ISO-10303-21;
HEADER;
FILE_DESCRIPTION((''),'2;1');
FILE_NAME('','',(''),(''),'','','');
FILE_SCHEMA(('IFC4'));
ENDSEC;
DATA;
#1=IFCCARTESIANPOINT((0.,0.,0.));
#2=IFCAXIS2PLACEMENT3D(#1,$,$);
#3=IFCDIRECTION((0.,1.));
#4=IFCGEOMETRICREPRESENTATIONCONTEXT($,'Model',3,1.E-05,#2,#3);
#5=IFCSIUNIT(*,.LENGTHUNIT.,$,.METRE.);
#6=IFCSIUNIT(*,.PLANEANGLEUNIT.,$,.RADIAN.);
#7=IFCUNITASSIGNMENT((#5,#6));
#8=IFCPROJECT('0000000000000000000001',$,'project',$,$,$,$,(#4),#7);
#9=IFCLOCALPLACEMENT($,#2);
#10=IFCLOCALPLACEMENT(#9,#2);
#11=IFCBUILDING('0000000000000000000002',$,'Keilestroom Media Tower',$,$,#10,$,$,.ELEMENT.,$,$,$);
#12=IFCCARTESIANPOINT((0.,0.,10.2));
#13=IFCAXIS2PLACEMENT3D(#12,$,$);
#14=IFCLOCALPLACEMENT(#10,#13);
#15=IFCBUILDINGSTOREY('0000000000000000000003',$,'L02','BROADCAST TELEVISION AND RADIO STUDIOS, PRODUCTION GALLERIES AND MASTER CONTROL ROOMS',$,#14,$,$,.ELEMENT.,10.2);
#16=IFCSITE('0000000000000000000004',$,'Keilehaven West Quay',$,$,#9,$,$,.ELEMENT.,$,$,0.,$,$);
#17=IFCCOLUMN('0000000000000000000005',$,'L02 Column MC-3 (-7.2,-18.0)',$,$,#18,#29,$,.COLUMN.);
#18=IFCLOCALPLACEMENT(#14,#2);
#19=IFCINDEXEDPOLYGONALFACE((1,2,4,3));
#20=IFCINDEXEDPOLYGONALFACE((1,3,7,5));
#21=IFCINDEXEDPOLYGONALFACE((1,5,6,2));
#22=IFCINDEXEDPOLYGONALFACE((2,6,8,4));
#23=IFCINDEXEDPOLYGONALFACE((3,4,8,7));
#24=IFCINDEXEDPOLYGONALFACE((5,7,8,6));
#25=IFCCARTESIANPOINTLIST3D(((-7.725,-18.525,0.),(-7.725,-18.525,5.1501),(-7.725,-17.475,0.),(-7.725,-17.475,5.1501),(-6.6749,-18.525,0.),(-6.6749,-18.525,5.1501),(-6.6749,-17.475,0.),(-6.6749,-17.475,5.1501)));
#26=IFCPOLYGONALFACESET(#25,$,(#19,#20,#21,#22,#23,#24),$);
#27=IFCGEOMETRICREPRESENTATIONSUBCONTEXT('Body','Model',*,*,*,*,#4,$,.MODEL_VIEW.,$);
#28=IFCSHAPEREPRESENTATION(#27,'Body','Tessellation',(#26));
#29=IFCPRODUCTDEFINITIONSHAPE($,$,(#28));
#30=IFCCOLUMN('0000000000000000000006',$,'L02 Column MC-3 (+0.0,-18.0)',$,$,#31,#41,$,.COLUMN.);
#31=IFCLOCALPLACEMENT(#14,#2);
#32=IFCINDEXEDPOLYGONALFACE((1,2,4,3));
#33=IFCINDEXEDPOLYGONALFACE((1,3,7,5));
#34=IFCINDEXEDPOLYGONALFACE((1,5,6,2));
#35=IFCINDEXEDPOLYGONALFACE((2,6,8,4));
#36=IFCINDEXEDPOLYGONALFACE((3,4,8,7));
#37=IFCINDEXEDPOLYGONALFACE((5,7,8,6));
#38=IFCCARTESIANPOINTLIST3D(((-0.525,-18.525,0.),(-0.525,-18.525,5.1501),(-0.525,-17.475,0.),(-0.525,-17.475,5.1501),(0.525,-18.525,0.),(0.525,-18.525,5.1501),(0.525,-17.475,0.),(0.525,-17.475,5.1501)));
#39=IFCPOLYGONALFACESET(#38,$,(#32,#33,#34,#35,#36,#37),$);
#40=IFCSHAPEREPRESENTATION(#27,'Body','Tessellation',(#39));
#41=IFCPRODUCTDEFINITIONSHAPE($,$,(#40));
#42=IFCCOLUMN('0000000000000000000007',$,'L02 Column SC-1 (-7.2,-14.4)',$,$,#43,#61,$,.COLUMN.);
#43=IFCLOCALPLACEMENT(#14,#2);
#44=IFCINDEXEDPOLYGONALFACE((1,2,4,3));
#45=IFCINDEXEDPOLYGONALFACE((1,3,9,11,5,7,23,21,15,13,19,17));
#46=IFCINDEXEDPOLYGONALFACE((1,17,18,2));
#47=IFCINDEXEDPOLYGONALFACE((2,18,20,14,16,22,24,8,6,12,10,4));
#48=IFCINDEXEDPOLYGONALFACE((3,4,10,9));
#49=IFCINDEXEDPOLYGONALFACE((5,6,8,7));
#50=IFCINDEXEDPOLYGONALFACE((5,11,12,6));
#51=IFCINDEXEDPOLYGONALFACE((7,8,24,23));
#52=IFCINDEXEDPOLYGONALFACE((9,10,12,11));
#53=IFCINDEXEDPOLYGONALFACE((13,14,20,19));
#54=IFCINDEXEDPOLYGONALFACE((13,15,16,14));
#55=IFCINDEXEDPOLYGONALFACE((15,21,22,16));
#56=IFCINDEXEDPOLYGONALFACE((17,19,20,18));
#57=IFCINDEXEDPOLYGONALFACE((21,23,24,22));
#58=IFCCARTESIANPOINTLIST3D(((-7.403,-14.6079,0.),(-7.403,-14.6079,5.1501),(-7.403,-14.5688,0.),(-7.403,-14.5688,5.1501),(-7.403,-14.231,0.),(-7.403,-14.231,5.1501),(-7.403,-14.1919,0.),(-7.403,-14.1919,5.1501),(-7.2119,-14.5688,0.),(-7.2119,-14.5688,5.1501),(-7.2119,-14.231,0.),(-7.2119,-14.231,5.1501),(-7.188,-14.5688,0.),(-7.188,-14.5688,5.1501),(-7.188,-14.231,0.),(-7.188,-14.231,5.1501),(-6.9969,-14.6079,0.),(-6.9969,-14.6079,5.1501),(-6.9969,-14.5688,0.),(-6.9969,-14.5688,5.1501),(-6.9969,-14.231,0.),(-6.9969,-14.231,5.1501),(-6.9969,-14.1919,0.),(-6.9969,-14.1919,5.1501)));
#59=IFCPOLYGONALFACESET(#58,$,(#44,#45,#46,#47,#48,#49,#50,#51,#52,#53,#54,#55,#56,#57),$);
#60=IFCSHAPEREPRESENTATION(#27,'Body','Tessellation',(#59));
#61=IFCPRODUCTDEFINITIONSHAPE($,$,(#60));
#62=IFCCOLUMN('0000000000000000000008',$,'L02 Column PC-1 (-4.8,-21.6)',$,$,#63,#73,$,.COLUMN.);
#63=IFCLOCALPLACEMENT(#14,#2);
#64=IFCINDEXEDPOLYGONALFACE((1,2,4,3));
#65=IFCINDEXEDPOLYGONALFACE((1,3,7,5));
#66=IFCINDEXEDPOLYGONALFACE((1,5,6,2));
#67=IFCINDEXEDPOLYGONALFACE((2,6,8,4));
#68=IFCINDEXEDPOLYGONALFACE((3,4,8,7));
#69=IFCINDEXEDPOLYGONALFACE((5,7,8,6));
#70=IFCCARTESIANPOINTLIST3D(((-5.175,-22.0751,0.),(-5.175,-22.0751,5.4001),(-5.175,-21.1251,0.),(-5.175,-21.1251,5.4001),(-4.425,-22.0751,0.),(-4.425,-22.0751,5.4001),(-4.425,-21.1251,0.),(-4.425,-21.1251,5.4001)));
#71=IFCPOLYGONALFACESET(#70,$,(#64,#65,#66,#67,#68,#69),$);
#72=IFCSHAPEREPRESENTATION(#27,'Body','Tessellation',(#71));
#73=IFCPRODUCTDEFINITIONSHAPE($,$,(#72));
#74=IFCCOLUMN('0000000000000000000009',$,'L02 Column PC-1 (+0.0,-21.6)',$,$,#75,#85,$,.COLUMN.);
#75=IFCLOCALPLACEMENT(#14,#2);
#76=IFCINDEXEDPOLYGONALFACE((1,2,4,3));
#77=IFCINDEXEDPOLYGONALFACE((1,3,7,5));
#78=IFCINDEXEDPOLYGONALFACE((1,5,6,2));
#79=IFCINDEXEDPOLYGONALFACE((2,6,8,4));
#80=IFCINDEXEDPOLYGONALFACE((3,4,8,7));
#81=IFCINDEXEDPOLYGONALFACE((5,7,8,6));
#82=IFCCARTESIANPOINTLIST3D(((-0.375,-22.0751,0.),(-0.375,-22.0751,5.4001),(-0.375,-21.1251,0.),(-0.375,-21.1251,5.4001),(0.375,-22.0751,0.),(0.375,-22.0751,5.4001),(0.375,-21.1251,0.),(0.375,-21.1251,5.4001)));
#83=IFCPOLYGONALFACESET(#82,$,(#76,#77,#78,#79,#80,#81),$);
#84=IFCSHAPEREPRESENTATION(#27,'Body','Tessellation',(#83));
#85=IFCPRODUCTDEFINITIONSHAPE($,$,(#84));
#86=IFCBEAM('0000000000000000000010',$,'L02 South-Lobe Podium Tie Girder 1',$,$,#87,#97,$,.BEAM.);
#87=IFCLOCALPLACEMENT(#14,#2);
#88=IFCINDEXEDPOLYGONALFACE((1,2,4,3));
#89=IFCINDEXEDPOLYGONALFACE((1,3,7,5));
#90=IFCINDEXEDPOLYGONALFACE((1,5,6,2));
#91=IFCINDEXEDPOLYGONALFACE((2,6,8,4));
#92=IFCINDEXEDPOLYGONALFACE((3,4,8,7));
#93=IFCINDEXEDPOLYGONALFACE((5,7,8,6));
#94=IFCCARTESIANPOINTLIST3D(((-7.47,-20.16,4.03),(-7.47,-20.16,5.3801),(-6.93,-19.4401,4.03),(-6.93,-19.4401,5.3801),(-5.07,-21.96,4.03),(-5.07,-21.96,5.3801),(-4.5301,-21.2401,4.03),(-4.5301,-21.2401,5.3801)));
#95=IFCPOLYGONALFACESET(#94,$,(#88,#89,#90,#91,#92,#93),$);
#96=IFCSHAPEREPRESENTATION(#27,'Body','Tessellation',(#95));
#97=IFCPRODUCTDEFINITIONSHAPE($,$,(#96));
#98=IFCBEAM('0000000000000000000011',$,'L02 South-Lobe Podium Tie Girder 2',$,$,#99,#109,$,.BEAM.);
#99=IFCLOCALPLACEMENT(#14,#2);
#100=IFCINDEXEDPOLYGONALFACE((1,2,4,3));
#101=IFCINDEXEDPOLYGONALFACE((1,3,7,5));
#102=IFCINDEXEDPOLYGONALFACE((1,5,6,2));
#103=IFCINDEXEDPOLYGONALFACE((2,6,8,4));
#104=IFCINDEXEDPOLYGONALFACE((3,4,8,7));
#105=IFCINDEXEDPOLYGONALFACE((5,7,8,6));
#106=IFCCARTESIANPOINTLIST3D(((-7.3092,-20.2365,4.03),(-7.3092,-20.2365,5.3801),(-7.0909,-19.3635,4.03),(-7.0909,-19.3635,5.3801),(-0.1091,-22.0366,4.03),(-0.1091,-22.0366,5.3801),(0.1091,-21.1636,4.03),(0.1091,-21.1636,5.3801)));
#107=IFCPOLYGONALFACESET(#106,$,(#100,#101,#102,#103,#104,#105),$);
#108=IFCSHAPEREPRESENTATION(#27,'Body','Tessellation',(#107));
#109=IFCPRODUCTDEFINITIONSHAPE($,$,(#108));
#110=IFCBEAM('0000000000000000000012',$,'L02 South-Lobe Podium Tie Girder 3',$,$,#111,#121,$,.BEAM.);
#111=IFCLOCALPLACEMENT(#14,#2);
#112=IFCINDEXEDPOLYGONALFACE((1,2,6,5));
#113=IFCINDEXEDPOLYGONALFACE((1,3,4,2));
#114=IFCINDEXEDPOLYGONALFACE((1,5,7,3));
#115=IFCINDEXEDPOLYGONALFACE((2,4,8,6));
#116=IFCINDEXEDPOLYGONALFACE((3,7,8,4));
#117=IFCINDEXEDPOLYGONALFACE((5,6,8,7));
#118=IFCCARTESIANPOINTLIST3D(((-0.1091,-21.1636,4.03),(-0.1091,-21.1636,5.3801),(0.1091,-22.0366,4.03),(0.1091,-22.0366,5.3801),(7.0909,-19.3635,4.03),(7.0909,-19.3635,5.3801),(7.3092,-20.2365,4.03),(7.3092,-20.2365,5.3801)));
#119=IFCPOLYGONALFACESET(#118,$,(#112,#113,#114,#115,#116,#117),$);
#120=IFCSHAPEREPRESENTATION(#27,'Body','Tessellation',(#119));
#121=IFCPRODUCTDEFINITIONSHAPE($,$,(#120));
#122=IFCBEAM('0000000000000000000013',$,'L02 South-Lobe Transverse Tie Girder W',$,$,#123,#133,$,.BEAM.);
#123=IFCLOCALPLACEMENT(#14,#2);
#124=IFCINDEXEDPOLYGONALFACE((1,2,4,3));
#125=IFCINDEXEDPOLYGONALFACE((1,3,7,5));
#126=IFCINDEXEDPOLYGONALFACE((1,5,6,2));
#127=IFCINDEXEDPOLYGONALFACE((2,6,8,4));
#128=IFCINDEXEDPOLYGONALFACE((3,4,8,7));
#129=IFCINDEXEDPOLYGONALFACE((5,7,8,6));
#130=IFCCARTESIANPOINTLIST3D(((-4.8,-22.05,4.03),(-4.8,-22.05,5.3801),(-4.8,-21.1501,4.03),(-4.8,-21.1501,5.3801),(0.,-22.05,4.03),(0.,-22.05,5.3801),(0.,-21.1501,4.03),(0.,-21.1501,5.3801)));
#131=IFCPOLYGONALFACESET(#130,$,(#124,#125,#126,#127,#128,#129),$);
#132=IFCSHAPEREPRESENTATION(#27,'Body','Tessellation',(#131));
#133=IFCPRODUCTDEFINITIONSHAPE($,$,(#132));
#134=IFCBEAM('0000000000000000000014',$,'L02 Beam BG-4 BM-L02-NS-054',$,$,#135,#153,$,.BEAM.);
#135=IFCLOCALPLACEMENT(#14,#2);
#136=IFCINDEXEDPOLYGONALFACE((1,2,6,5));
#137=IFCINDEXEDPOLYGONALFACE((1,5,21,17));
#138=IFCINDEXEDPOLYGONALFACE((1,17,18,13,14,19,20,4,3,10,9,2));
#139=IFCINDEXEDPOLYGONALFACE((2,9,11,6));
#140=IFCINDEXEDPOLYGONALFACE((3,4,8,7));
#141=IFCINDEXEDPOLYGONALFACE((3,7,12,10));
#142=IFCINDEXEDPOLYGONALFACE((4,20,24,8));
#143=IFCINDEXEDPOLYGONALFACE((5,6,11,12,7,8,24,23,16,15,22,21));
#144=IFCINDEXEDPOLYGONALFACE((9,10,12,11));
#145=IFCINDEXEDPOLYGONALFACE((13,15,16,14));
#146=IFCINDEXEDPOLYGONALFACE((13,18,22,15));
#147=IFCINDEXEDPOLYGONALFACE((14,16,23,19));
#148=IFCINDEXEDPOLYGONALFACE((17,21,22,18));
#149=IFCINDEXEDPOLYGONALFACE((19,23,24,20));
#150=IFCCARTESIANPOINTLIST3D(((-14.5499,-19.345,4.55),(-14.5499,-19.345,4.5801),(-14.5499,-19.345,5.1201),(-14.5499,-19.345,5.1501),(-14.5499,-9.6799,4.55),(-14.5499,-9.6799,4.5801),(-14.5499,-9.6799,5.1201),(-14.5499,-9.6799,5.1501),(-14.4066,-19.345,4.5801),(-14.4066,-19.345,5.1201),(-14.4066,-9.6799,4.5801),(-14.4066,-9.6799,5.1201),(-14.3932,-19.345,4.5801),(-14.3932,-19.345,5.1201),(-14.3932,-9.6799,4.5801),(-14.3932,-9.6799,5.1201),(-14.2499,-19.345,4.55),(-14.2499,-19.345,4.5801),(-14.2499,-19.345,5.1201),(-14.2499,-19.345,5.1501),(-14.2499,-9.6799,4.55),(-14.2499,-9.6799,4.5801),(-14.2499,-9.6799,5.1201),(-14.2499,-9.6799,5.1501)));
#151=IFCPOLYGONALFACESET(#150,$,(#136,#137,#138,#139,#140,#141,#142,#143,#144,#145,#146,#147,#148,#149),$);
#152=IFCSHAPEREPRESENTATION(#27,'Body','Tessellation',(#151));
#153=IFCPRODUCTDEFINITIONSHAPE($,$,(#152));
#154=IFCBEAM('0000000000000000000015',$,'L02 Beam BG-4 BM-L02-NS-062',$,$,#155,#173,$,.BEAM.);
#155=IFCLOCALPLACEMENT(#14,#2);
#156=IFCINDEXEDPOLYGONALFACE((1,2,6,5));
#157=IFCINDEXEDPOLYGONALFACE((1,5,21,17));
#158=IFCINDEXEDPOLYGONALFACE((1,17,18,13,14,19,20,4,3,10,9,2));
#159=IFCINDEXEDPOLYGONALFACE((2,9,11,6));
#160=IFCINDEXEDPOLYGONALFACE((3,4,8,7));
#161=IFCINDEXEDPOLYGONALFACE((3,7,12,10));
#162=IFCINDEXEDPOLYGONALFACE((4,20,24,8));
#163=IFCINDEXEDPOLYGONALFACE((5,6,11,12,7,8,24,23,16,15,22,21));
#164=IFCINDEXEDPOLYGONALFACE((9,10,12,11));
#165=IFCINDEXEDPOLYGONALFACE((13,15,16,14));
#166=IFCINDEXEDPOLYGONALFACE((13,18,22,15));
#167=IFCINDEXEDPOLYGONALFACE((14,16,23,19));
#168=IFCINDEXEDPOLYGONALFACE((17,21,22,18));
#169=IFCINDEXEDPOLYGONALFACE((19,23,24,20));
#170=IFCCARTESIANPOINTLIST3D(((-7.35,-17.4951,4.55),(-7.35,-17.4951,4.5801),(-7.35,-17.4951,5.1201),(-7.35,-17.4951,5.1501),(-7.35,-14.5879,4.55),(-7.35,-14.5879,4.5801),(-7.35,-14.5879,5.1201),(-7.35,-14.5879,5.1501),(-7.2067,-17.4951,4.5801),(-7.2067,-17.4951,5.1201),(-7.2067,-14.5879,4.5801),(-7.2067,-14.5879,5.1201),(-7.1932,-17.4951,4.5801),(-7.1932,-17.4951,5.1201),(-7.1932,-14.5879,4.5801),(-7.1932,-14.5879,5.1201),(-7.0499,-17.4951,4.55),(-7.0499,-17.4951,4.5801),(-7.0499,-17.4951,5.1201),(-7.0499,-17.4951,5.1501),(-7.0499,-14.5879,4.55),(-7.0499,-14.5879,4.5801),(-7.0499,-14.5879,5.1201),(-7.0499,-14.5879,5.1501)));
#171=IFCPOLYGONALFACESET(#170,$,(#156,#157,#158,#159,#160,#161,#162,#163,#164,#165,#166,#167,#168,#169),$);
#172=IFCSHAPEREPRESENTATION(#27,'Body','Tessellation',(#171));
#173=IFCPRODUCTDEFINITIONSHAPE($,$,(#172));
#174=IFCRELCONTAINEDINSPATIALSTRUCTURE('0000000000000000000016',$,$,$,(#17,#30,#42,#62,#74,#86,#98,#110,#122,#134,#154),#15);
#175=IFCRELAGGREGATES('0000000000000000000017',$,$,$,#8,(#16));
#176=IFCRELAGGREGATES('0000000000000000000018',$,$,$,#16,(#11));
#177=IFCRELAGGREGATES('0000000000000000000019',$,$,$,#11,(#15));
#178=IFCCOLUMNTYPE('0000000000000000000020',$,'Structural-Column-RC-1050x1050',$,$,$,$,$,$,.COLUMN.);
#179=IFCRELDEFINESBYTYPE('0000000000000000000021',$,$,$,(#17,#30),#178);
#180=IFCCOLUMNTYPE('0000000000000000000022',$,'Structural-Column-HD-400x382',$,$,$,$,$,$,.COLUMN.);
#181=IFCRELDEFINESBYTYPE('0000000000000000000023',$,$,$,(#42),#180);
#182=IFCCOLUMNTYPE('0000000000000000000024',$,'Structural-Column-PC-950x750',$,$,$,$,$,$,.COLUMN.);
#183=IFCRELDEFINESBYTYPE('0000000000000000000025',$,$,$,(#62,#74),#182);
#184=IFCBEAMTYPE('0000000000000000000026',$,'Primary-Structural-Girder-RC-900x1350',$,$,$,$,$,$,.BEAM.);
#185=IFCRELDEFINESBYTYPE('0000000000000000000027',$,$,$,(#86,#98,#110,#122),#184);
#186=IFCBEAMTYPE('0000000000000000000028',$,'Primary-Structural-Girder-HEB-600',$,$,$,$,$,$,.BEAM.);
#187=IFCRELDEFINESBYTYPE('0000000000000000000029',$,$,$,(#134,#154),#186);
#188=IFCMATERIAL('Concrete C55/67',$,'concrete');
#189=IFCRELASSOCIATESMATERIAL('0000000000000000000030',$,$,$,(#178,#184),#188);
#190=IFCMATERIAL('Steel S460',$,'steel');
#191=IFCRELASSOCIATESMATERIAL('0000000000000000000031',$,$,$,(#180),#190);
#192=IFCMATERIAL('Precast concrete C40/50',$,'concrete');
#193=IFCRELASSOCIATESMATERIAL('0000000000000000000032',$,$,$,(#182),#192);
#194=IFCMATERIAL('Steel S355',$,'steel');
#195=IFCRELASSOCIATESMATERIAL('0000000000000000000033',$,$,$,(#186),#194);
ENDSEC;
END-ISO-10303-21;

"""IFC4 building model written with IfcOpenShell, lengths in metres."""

from ifc_helpers import new_model, si_unit, direction, frame, origin, origin_2d, place, context, subcontext, project, spatial, rectangle, i_section, extrude, source, transform, mapped, material, material_profile, profile_set, type_object, element, save


model = new_model("IFC4")

# Units and contexts
model_context = context("Model", 3, precision=1e-05, world=origin(), true_north=direction((0.0, 1.0)))
body_context = subcontext(model_context, "Body", "Model", "MODEL_VIEW")
ifc_project = project(units=[si_unit("LENGTHUNIT", "METRE"), si_unit("PLANEANGLEUNIT", "RADIAN")], contexts=[model_context])

# Site, building, storey
site_placement = place(None, origin())
site = spatial("IfcSite", under=ifc_project, at=site_placement, Name="Keilehaven West Quay", CompositionType="ELEMENT", RefElevation=0.0)
building_placement = place(site_placement, origin())
building = spatial("IfcBuilding", under=site, at=building_placement, Name="Keilestroom Media Tower", CompositionType="ELEMENT")
storey_placement = place(building_placement, frame((0.0, 0.0, 10.2)))
storey = spatial("IfcBuildingStorey", under=building, at=storey_placement, Name="L02", Description="BROADCAST TELEVISION AND RADIO STUDIOS, PRODUCTION GALLERIES AND MASTER CONTROL ROOMS", CompositionType="ELEMENT", Elevation=10.2)

# Columns
ifc_material_1 = material(Name="Concrete C55/67", Category="concrete")
ifc_material_profile_1 = material_profile(ifc_material_1, rectangle(XDim=1.05, YDim=1.05, at=origin_2d()), Name="RC 1050x1050")
ifc_profile_set_1 = profile_set([ifc_material_profile_1], Name="Concrete C55/67")
column_type_1 = type_object("IfcColumnType", Name="Structural-Column-RC-1050x1050", PredefinedType="COLUMN", material=ifc_profile_set_1)
shared_shape_1 = source(origin(), body_context, "Body", "SweptSolid", [
    extrude(rectangle(XDim=1.05, YDim=1.05, at=origin_2d()), origin(), (0.0, 0.0, 1.0), 5.1501),
])
for number, where, z_axis, x_axis, name in (
    (1, (-7.2, -18.0, 0.0), (0.0, 0.0, 1.0), (1.0, 0.0, 0.0), "L02 Column MC-3 (-7.2,-18.0)"),
    (2, (0.0, -18.0, 0.0), (0.0, 0.0, 1.0), (1.0, 0.0, 0.0), "L02 Column MC-3 (+0.0,-18.0)"),
):
    element("IfcColumn", number, at=place(storey_placement, frame(where, z_axis=z_axis, x_axis=x_axis)), inside=storey, type_object=column_type_1, Name=name, PredefinedType="COLUMN", context=body_context, shape_type="MappedRepresentation", body=[
        mapped(shared_shape_1, transform((0.0, 0.0, 0.0), x_axis=(1.0, 0.0, 0.0), y_axis=(0.0, 1.0, 0.0), z_axis=(0.0, 0.0, 1.0), scale=1.0)),
    ])
ifc_material_2 = material(Name="Steel S460", Category="steel")
ifc_material_profile_2 = material_profile(ifc_material_2, i_section(OverallWidth=0.406, OverallDepth=0.416, WebThickness=0.0239, FlangeThickness=0.0391, at=origin_2d()), Name="HD 400x382")
ifc_profile_set_2 = profile_set([ifc_material_profile_2], Name="Steel S460")
column_type_2 = type_object("IfcColumnType", Name="Structural-Column-HD-400x382", PredefinedType="COLUMN", material=ifc_profile_set_2)
shared_shape_2 = source(origin(), body_context, "Body", "SweptSolid", [
    extrude(i_section(OverallWidth=0.406, OverallDepth=0.416, WebThickness=0.0239, FlangeThickness=0.0391, at=origin_2d()), origin(), (0.0, 0.0, 1.0), 5.1501),
])
column_placement = place(storey_placement, frame((-7.2, -14.3999, 0.0), z_axis=(0.0, 0.0, 1.0), x_axis=(1.0, 0.0, 0.0)))
element("IfcColumn", 3, at=column_placement, inside=storey, type_object=column_type_2, Name="L02 Column SC-1 (-7.2,-14.4)", PredefinedType="COLUMN", context=body_context, shape_type="MappedRepresentation", body=[
    mapped(shared_shape_2, transform((0.0, 0.0, 0.0), x_axis=(1.0, 0.0, 0.0), y_axis=(0.0, 1.0, 0.0), z_axis=(0.0, 0.0, 1.0), scale=1.0)),
])
ifc_material_3 = material(Name="Precast concrete C40/50", Category="concrete")
ifc_material_profile_3 = material_profile(ifc_material_3, rectangle(XDim=0.75, YDim=0.95, at=origin_2d()), Name="PC 950x750")
ifc_profile_set_3 = profile_set([ifc_material_profile_3], Name="Precast concrete C40/50")
column_type_3 = type_object("IfcColumnType", Name="Structural-Column-PC-950x750", PredefinedType="COLUMN", material=ifc_profile_set_3)
shared_shape_3 = source(origin(), body_context, "Body", "SweptSolid", [
    extrude(rectangle(XDim=0.75, YDim=0.95, at=origin_2d()), origin(), (0.0, 0.0, 1.0), 5.4001),
])
for number, where, z_axis, x_axis, name in (
    (4, (-4.8, -21.6001, 0.0), (0.0, 0.0, 1.0), (1.0, 0.0, 0.0), "L02 Column PC-1 (-4.8,-21.6)"),
    (5, (0.0, -21.6001, 0.0), (0.0, 0.0, 1.0), (1.0, 0.0, 0.0), "L02 Column PC-1 (+0.0,-21.6)"),
):
    element("IfcColumn", number, at=place(storey_placement, frame(where, z_axis=z_axis, x_axis=x_axis)), inside=storey, type_object=column_type_3, Name=name, PredefinedType="COLUMN", context=body_context, shape_type="MappedRepresentation", body=[
        mapped(shared_shape_3, transform((0.0, 0.0, 0.0), x_axis=(1.0, 0.0, 0.0), y_axis=(0.0, 1.0, 0.0), z_axis=(0.0, 0.0, 1.0), scale=1.0)),
    ])

# Beams
ifc_material_profile_4 = material_profile(ifc_material_1, rectangle(XDim=0.8999, YDim=1.3501, at=origin_2d()), Name="RC 900x1350")
ifc_profile_set_4 = profile_set([ifc_material_profile_4], Name="Concrete C55/67")
beam_type_1 = type_object("IfcBeamType", Name="Primary-Structural-Girder-RC-900x1350", PredefinedType="BEAM", material=ifc_profile_set_4)
shared_shape_4 = source(origin(), body_context, "Body", "SweptSolid", [
    extrude(rectangle(XDim=0.8999, YDim=1.3501, at=origin_2d()), origin(), (0.0, 0.0, 1.0), 3.0),
])
beam_1_placement = place(storey_placement, frame((-4.8, -21.6001, 4.7051), z_axis=(-0.79998, 0.600026, 0.0), x_axis=(-0.600026, -0.79998, 0.0)))
element("IfcBeam", 6, at=beam_1_placement, inside=storey, type_object=beam_type_1, Name="L02 South-Lobe Podium Tie Girder 1", PredefinedType="BEAM", context=body_context, shape_type="MappedRepresentation", body=[
    mapped(shared_shape_4, transform((0.0, 0.0, 0.0), x_axis=(1.0, 0.0, 0.0), y_axis=(0.0, 1.0, 0.0), z_axis=(0.0, 0.0, 1.0), scale=1.0)),
])
shared_shape_5 = source(origin(), body_context, "Body", "SweptSolid", [
    extrude(rectangle(XDim=0.8999, YDim=1.3501, at=origin_2d()), origin(), (0.0, 0.0, 1.0), 7.4216),
])
for number, where, z_axis, x_axis, name in (
    (7, (0.0, -21.6001, 4.7051), (-0.970141, 0.242543, 0.0), (-0.242543, -0.970141, 0.0), "L02 South-Lobe Podium Tie Girder 2"),
    (8, (0.0, -21.6001, 4.7051), (0.970141, 0.242543, 0.0), (-0.242543, 0.970141, 0.0), "L02 South-Lobe Podium Tie Girder 3"),
):
    element("IfcBeam", number, at=place(storey_placement, frame(where, z_axis=z_axis, x_axis=x_axis)), inside=storey, type_object=beam_type_1, Name=name, PredefinedType="BEAM", context=body_context, shape_type="MappedRepresentation", body=[
        mapped(shared_shape_5, transform((0.0, 0.0, 0.0), x_axis=(1.0, 0.0, 0.0), y_axis=(0.0, 1.0, 0.0), z_axis=(0.0, 0.0, 1.0), scale=1.0)),
    ])
shared_shape_6 = source(origin(), body_context, "Body", "SweptSolid", [
    extrude(rectangle(XDim=0.8999, YDim=1.3501, at=origin_2d()), origin(), (0.0, 0.0, 1.0), 4.8),
])
beam_2_placement = place(storey_placement, frame((-4.8, -21.6001, 4.7051), z_axis=(1.0, 0.0, 0.0), x_axis=(0.0, 1.0, 0.0)))
element("IfcBeam", 9, at=beam_2_placement, inside=storey, type_object=beam_type_1, Name="L02 South-Lobe Transverse Tie Girder W", PredefinedType="BEAM", context=body_context, shape_type="MappedRepresentation", body=[
    mapped(shared_shape_6, transform((0.0, 0.0, 0.0), x_axis=(1.0, 0.0, 0.0), y_axis=(0.0, 1.0, 0.0), z_axis=(0.0, 0.0, 1.0), scale=1.0)),
])
ifc_material_4 = material(Name="Steel S355", Category="steel")
ifc_material_profile_5 = material_profile(ifc_material_4, i_section(OverallWidth=0.3, OverallDepth=0.6001, WebThickness=0.0134, FlangeThickness=0.03, at=origin_2d()), Name="HEB 600")
ifc_profile_set_5 = profile_set([ifc_material_profile_5], Name="Steel S355")
beam_type_2 = type_object("IfcBeamType", Name="Primary-Structural-Girder-HEB-600", PredefinedType="BEAM", material=ifc_profile_set_5)
shared_shape_7 = source(origin(), body_context, "Body", "SweptSolid", [
    extrude(i_section(OverallWidth=0.3, OverallDepth=0.6001, WebThickness=0.0134, FlangeThickness=0.03, at=origin_2d()), origin(), (0.0, 0.0, 1.0), 9.665),
])
beam_3_placement = place(storey_placement, frame((-14.3999, -19.345, 4.8501), z_axis=(0.0, 1.0, 0.0), x_axis=(-1.0, 0.0, 0.0)))
element("IfcBeam", 10, at=beam_3_placement, inside=storey, type_object=beam_type_2, Name="L02 Beam BG-4 BM-L02-NS-054", PredefinedType="BEAM", context=body_context, shape_type="MappedRepresentation", body=[
    mapped(shared_shape_7, transform((0.0, 0.0, 0.0), x_axis=(1.0, 0.0, 0.0), y_axis=(0.0, 1.0, 0.0), z_axis=(0.0, 0.0, 1.0), scale=1.0)),
])
shared_shape_8 = source(origin(), body_context, "Body", "SweptSolid", [
    extrude(i_section(OverallWidth=0.3, OverallDepth=0.6001, WebThickness=0.0134, FlangeThickness=0.03, at=origin_2d()), origin(), (0.0, 0.0, 1.0), 2.9072),
])
beam_4_placement = place(storey_placement, frame((-7.2, -17.4951, 4.8501), z_axis=(0.0, 1.0, 0.0), x_axis=(-1.0, 0.0, 0.0)))
element("IfcBeam", 11, at=beam_4_placement, inside=storey, type_object=beam_type_2, Name="L02 Beam BG-4 BM-L02-NS-062", PredefinedType="BEAM", context=body_context, shape_type="MappedRepresentation", body=[
    mapped(shared_shape_8, transform((0.0, 0.0, 0.0), x_axis=(1.0, 0.0, 0.0), y_axis=(0.0, 1.0, 0.0), z_axis=(0.0, 0.0, 1.0), scale=1.0)),
])

save(model, "model.ifc")
